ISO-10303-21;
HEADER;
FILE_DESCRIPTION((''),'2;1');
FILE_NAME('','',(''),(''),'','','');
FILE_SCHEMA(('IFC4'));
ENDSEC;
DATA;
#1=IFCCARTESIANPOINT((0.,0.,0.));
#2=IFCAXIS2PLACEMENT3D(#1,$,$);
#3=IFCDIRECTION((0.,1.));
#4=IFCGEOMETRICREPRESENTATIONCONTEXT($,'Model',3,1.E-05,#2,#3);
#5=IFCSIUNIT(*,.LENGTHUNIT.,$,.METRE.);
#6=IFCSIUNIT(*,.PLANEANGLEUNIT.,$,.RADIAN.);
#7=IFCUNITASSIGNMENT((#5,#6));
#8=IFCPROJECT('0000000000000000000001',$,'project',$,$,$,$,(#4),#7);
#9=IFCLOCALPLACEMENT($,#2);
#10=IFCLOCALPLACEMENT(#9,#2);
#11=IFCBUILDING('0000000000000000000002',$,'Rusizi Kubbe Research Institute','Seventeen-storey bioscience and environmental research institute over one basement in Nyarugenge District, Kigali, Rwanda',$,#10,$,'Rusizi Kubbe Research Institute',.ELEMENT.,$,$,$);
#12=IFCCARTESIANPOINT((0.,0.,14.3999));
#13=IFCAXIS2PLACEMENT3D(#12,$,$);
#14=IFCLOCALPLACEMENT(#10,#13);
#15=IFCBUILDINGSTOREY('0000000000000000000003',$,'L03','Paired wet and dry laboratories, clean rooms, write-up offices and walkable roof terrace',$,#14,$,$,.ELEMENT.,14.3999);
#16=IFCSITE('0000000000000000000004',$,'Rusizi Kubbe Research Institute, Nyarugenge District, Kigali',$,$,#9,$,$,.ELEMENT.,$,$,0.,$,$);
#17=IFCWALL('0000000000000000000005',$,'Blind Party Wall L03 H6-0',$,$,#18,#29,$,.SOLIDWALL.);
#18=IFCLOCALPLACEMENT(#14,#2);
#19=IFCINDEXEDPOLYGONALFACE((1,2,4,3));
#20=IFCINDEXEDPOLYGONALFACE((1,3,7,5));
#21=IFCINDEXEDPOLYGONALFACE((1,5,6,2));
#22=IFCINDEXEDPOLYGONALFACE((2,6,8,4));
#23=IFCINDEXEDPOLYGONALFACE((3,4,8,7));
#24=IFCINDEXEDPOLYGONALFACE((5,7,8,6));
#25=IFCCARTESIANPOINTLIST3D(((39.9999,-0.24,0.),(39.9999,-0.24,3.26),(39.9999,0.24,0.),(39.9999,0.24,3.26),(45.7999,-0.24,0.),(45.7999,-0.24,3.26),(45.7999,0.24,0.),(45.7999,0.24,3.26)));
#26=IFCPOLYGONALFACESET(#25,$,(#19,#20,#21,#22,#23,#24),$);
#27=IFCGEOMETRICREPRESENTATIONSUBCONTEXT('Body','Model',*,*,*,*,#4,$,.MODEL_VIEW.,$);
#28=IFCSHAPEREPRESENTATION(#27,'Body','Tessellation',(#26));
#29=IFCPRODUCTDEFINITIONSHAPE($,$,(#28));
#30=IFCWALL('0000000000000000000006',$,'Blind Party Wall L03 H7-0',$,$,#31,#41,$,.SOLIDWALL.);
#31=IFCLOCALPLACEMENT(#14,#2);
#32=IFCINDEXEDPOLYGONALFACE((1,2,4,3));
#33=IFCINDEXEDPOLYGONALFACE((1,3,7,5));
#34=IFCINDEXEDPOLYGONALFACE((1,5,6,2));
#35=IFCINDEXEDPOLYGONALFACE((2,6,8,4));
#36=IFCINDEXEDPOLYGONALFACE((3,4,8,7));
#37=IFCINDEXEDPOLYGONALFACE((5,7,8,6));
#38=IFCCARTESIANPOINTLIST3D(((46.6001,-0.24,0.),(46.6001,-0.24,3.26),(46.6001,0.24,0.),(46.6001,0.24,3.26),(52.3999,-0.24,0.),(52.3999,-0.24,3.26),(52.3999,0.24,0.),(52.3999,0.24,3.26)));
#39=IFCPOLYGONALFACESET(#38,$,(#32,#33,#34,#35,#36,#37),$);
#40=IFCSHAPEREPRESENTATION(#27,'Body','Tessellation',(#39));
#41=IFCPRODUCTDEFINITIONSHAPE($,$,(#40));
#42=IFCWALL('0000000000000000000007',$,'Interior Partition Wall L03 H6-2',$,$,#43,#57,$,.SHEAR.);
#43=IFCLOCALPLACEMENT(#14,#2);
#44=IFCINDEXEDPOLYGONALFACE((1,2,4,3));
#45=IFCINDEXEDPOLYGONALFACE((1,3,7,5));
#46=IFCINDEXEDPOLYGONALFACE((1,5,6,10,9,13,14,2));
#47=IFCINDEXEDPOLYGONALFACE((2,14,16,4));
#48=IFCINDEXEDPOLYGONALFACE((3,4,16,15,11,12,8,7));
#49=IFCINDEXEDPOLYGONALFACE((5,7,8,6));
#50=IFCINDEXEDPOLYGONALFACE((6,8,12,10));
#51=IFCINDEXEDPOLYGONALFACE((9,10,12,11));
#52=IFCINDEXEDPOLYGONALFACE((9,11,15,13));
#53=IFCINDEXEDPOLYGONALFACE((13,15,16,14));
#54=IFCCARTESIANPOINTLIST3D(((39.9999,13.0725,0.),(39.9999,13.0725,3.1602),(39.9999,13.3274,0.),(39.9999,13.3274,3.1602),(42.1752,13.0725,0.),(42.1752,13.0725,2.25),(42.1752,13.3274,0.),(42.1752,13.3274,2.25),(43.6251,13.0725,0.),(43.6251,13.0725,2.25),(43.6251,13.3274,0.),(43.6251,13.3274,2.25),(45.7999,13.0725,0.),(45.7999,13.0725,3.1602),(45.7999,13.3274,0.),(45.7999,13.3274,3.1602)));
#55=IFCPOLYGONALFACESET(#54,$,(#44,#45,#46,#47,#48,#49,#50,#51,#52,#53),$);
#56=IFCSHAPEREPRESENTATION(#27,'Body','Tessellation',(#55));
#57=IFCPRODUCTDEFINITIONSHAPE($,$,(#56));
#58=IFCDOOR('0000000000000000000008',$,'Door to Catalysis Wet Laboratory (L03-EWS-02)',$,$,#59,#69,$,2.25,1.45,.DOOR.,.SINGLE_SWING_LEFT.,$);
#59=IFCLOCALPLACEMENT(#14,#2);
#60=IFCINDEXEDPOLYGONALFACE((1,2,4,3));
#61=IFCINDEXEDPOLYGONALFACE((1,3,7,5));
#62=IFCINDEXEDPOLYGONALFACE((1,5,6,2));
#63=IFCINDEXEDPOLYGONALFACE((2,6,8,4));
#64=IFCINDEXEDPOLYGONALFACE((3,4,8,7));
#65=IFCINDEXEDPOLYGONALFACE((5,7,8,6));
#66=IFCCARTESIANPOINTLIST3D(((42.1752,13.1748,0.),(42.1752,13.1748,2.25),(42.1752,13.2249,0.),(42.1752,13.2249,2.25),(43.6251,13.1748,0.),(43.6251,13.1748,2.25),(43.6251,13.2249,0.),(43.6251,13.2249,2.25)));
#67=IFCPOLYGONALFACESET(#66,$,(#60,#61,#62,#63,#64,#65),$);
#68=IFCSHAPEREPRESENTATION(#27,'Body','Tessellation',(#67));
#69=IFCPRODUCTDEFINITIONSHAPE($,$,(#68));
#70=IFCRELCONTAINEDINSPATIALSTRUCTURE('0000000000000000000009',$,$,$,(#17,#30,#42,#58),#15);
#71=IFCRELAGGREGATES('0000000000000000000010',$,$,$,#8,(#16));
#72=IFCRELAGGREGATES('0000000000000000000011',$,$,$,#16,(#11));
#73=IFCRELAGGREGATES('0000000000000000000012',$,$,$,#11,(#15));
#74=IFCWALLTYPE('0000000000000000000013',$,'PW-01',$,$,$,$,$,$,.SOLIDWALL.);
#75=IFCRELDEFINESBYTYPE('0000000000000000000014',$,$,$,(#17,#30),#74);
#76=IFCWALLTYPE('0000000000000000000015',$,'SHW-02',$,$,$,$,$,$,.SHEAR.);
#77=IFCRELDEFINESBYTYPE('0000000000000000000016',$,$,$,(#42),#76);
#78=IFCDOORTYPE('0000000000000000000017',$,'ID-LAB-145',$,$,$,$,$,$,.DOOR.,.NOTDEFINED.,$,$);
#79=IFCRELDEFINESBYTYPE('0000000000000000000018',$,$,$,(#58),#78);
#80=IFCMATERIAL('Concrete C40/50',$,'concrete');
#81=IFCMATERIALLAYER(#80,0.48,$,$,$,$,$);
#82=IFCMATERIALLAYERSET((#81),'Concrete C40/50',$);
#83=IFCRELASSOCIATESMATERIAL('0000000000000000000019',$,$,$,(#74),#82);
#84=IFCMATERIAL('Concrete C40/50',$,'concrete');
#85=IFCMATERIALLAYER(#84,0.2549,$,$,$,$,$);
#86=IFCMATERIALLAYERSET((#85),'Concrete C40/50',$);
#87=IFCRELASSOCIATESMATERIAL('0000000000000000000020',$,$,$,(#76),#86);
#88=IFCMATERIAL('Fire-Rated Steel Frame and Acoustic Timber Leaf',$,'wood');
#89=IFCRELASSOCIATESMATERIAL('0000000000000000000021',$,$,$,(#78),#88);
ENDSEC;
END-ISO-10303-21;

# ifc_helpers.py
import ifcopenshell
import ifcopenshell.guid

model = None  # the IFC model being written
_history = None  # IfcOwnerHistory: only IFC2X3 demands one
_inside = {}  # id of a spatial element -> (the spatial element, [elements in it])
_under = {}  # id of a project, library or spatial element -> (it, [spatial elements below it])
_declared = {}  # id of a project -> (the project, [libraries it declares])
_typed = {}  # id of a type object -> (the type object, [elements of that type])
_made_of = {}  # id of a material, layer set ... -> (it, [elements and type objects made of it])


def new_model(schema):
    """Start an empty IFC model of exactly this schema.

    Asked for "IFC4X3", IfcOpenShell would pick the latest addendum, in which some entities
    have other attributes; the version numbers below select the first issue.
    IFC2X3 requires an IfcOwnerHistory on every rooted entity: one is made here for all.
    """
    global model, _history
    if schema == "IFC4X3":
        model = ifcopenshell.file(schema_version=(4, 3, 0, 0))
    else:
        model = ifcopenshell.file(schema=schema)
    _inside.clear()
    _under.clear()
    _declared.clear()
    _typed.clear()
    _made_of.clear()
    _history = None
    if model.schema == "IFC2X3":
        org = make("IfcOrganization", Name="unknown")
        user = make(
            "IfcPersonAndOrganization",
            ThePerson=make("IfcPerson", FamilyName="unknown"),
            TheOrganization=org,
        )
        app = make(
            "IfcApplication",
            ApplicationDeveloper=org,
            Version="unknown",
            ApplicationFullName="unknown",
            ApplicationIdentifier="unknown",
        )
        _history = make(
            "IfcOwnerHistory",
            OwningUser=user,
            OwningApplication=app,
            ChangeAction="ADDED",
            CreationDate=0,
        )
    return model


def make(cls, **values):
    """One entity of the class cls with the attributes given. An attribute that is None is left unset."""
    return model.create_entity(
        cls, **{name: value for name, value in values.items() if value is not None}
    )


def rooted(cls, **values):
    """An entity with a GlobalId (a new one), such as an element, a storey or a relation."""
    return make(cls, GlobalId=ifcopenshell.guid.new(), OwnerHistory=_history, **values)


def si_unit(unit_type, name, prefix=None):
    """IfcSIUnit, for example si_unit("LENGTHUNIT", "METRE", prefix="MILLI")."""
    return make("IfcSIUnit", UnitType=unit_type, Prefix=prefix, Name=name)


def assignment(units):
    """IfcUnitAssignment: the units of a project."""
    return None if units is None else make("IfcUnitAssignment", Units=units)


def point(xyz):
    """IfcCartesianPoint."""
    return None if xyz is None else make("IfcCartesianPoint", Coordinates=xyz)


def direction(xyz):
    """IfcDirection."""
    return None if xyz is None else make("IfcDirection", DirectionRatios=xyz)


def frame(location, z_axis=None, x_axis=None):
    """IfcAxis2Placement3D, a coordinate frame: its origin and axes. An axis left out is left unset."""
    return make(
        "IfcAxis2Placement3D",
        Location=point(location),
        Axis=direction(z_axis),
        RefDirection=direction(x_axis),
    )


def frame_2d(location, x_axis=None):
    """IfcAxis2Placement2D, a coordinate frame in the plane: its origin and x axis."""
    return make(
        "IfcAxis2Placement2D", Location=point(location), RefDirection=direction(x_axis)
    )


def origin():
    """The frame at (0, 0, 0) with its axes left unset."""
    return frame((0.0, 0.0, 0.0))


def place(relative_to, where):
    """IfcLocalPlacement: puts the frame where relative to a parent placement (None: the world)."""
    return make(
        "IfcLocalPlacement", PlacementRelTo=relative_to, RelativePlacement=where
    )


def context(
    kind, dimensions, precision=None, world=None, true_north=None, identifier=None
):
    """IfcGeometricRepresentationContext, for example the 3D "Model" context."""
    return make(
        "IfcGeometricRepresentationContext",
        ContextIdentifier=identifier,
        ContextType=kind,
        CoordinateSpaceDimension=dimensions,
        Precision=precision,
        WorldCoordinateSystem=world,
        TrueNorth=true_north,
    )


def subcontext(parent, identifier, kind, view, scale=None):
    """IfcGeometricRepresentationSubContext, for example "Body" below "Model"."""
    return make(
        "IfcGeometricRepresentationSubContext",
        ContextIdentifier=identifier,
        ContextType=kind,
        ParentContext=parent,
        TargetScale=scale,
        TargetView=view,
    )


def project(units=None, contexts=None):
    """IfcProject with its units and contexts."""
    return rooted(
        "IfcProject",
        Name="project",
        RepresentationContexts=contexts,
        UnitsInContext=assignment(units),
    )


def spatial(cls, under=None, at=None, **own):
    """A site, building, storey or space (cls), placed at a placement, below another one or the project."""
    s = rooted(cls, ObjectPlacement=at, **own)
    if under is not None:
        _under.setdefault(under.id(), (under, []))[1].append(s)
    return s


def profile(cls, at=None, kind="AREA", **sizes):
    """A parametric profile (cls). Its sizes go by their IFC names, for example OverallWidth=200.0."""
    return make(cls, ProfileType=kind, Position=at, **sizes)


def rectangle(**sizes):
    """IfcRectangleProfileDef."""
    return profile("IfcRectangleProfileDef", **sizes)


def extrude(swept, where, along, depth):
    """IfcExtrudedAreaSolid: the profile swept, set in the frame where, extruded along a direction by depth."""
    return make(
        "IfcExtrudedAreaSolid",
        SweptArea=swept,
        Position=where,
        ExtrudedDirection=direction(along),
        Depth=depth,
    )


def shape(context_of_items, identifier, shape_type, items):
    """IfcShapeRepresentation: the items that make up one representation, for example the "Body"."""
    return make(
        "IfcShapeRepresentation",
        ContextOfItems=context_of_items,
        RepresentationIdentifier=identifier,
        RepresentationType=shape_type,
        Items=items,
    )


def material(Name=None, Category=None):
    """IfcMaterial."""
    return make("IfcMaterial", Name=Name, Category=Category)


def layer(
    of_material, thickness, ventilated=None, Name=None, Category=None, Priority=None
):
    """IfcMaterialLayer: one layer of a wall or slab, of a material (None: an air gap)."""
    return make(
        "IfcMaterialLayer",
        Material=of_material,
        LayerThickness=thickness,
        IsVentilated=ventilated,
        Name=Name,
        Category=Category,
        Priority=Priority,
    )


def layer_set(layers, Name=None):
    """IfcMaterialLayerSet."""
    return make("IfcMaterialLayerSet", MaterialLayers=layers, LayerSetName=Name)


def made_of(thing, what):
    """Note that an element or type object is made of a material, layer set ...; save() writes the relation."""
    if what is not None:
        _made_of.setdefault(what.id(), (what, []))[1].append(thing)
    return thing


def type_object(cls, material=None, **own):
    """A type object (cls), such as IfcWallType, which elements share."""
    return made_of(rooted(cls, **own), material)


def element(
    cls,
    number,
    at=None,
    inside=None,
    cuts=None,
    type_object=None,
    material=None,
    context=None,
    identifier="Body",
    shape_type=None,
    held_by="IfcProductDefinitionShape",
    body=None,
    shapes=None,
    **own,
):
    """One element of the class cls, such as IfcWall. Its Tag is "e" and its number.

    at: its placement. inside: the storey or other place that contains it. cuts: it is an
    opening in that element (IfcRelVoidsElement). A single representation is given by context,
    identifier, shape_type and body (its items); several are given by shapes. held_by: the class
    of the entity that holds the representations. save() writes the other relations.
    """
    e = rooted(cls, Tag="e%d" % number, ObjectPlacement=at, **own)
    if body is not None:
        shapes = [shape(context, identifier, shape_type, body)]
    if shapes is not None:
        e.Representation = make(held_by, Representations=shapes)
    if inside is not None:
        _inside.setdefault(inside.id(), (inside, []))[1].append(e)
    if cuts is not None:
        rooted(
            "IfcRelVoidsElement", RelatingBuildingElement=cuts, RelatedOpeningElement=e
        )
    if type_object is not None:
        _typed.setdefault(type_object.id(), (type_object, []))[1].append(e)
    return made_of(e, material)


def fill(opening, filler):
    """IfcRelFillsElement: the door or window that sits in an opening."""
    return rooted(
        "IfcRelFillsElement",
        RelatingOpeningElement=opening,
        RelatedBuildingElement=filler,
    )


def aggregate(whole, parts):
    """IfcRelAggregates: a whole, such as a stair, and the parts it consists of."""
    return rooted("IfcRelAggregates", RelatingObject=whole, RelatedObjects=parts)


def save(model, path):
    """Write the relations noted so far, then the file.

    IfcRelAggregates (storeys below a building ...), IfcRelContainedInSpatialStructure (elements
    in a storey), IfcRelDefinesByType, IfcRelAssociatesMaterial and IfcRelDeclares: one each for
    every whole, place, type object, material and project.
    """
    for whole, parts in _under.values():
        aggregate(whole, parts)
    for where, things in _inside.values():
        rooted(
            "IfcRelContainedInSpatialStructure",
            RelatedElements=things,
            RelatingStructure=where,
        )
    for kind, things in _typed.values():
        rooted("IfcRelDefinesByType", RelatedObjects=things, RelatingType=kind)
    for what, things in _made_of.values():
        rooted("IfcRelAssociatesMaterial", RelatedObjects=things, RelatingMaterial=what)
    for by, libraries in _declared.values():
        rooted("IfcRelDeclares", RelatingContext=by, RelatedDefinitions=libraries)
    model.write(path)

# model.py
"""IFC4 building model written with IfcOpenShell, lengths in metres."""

from ifc_helpers import new_model, si_unit, direction, frame, frame_2d, origin, place, context, subcontext, project, spatial, rectangle, extrude, material, layer, layer_set, type_object, element, fill, save


model = new_model("IFC4")

# Units and contexts
model_context = context("Model", 3, precision=1e-05, world=origin(), true_north=direction((0.0, 1.0)))
body_context = subcontext(model_context, "Body", "Model", "MODEL_VIEW")
ifc_project = project(units=[si_unit("LENGTHUNIT", "METRE"), si_unit("PLANEANGLEUNIT", "RADIAN")], contexts=[model_context])

# Site, building, storey
site_placement = place(None, origin())
site = spatial("IfcSite", under=ifc_project, at=site_placement, Name="Rusizi Kubbe Research Institute, Nyarugenge District, Kigali", CompositionType="ELEMENT", RefElevation=0.0)
building_placement = place(site_placement, origin())
building = spatial("IfcBuilding", under=site, at=building_placement, Name="Rusizi Kubbe Research Institute", Description="Seventeen-storey bioscience and environmental research institute over one basement in Nyarugenge District, Kigali, Rwanda", LongName="Rusizi Kubbe Research Institute", CompositionType="ELEMENT")
storey_placement = place(building_placement, frame((0.0, 0.0, 14.3999)))
storey = spatial("IfcBuildingStorey", under=building, at=storey_placement, Name="L03", Description="Paired wet and dry laboratories, clean rooms, write-up offices and walkable roof terrace", CompositionType="ELEMENT", Elevation=14.3999)

# Walls
ifc_material_1 = material(Name="Concrete C40/50", Category="concrete")
ifc_layer_1 = layer(ifc_material_1, 0.48)
ifc_layer_set_1 = layer_set([ifc_layer_1], Name="Concrete C40/50")
wall_type_1 = type_object("IfcWallType", Name="PW-01", PredefinedType="SOLIDWALL", material=ifc_layer_set_1)
wall_1_placement = place(storey_placement, frame((40.0, 0.0, 0.0), z_axis=(0.0, 0.0, 1.0), x_axis=(1.0, 0.0, 0.0)))
element("IfcWall", 1, at=wall_1_placement, inside=storey, type_object=wall_type_1, Name="Blind Party Wall L03 H6-0", PredefinedType="SOLIDWALL", context=body_context, shape_type="SweptSolid", body=[
    extrude(rectangle(XDim=5.8, YDim=0.48, at=frame_2d((2.8999, 0.0))), origin(), (0.0, 0.0, 1.0), 3.26),
])
wall_2_placement = place(storey_placement, frame((46.6001, 0.0, 0.0), z_axis=(0.0, 0.0, 1.0), x_axis=(1.0, 0.0, 0.0)))
element("IfcWall", 2, at=wall_2_placement, inside=storey, type_object=wall_type_1, Name="Blind Party Wall L03 H7-0", PredefinedType="SOLIDWALL", context=body_context, shape_type="SweptSolid", body=[
    extrude(rectangle(XDim=5.7998, YDim=0.48, at=frame_2d((2.8999, 0.0))), origin(), (0.0, 0.0, 1.0), 3.26),
])

# Wall, opening, door
ifc_material_2 = material(Name="Concrete C40/50", Category="concrete")
ifc_layer_2 = layer(ifc_material_2, 0.2549)
ifc_layer_set_2 = layer_set([ifc_layer_2], Name="Concrete C40/50")
wall_type_2 = type_object("IfcWallType", Name="SHW-02", PredefinedType="SHEAR", material=ifc_layer_set_2)
wall_3_placement = place(storey_placement, frame((40.0, 13.2, 0.0), z_axis=(0.0, 0.0, 1.0), x_axis=(1.0, 0.0, 0.0)))
wall_3 = element("IfcWall", 3, at=wall_3_placement, inside=storey, type_object=wall_type_2, Name="Interior Partition Wall L03 H6-2", PredefinedType="SHEAR", context=body_context, shape_type="SweptSolid", body=[
    extrude(rectangle(XDim=5.8, YDim=0.2549, at=frame_2d((2.8999, 0.0))), origin(), (0.0, 0.0, 1.0), 3.1602),
])
opening_placement = place(wall_3_placement, frame((2.175, 0.0, 0.0)))
opening = element("IfcOpeningElement", 4, at=opening_placement, cuts=wall_3, PredefinedType="OPENING", context=body_context, shape_type="SweptSolid", body=[
    extrude(rectangle(XDim=1.45, YDim=2.25, at=frame_2d((0.7251, 1.125))), frame((0.0, 0.1375, 0.0), z_axis=(0.0, -1.0, 0.0), x_axis=(1.0, 0.0, 0.0)), (0.0, 0.0, 1.0), 0.2749),
])
ifc_material_3 = material(Name="Fire-Rated Steel Frame and Acoustic Timber Leaf", Category="wood")
door_type = type_object("IfcDoorType", Name="ID-LAB-145", OperationType="NOTDEFINED", PredefinedType="DOOR", material=ifc_material_3)
door_placement = place(opening_placement, origin())
door = element("IfcDoor", 5, at=door_placement, inside=storey, type_object=door_type, Name="Door to Catalysis Wet Laboratory (L03-EWS-02)", OperationType="SINGLE_SWING_LEFT", OverallHeight=2.25, OverallWidth=1.45, PredefinedType="DOOR", context=body_context, shape_type="SweptSolid", body=[
    extrude(rectangle(XDim=1.45, YDim=2.25, at=frame_2d((0.7251, 1.125))), frame((0.0, 0.0249, 0.0), z_axis=(0.0, -1.0, 0.0), x_axis=(1.0, 0.0, 0.0)), (0.0, 0.0, 1.0), 0.05),
])
fill(opening, door)

save(model, "model.ifc")
